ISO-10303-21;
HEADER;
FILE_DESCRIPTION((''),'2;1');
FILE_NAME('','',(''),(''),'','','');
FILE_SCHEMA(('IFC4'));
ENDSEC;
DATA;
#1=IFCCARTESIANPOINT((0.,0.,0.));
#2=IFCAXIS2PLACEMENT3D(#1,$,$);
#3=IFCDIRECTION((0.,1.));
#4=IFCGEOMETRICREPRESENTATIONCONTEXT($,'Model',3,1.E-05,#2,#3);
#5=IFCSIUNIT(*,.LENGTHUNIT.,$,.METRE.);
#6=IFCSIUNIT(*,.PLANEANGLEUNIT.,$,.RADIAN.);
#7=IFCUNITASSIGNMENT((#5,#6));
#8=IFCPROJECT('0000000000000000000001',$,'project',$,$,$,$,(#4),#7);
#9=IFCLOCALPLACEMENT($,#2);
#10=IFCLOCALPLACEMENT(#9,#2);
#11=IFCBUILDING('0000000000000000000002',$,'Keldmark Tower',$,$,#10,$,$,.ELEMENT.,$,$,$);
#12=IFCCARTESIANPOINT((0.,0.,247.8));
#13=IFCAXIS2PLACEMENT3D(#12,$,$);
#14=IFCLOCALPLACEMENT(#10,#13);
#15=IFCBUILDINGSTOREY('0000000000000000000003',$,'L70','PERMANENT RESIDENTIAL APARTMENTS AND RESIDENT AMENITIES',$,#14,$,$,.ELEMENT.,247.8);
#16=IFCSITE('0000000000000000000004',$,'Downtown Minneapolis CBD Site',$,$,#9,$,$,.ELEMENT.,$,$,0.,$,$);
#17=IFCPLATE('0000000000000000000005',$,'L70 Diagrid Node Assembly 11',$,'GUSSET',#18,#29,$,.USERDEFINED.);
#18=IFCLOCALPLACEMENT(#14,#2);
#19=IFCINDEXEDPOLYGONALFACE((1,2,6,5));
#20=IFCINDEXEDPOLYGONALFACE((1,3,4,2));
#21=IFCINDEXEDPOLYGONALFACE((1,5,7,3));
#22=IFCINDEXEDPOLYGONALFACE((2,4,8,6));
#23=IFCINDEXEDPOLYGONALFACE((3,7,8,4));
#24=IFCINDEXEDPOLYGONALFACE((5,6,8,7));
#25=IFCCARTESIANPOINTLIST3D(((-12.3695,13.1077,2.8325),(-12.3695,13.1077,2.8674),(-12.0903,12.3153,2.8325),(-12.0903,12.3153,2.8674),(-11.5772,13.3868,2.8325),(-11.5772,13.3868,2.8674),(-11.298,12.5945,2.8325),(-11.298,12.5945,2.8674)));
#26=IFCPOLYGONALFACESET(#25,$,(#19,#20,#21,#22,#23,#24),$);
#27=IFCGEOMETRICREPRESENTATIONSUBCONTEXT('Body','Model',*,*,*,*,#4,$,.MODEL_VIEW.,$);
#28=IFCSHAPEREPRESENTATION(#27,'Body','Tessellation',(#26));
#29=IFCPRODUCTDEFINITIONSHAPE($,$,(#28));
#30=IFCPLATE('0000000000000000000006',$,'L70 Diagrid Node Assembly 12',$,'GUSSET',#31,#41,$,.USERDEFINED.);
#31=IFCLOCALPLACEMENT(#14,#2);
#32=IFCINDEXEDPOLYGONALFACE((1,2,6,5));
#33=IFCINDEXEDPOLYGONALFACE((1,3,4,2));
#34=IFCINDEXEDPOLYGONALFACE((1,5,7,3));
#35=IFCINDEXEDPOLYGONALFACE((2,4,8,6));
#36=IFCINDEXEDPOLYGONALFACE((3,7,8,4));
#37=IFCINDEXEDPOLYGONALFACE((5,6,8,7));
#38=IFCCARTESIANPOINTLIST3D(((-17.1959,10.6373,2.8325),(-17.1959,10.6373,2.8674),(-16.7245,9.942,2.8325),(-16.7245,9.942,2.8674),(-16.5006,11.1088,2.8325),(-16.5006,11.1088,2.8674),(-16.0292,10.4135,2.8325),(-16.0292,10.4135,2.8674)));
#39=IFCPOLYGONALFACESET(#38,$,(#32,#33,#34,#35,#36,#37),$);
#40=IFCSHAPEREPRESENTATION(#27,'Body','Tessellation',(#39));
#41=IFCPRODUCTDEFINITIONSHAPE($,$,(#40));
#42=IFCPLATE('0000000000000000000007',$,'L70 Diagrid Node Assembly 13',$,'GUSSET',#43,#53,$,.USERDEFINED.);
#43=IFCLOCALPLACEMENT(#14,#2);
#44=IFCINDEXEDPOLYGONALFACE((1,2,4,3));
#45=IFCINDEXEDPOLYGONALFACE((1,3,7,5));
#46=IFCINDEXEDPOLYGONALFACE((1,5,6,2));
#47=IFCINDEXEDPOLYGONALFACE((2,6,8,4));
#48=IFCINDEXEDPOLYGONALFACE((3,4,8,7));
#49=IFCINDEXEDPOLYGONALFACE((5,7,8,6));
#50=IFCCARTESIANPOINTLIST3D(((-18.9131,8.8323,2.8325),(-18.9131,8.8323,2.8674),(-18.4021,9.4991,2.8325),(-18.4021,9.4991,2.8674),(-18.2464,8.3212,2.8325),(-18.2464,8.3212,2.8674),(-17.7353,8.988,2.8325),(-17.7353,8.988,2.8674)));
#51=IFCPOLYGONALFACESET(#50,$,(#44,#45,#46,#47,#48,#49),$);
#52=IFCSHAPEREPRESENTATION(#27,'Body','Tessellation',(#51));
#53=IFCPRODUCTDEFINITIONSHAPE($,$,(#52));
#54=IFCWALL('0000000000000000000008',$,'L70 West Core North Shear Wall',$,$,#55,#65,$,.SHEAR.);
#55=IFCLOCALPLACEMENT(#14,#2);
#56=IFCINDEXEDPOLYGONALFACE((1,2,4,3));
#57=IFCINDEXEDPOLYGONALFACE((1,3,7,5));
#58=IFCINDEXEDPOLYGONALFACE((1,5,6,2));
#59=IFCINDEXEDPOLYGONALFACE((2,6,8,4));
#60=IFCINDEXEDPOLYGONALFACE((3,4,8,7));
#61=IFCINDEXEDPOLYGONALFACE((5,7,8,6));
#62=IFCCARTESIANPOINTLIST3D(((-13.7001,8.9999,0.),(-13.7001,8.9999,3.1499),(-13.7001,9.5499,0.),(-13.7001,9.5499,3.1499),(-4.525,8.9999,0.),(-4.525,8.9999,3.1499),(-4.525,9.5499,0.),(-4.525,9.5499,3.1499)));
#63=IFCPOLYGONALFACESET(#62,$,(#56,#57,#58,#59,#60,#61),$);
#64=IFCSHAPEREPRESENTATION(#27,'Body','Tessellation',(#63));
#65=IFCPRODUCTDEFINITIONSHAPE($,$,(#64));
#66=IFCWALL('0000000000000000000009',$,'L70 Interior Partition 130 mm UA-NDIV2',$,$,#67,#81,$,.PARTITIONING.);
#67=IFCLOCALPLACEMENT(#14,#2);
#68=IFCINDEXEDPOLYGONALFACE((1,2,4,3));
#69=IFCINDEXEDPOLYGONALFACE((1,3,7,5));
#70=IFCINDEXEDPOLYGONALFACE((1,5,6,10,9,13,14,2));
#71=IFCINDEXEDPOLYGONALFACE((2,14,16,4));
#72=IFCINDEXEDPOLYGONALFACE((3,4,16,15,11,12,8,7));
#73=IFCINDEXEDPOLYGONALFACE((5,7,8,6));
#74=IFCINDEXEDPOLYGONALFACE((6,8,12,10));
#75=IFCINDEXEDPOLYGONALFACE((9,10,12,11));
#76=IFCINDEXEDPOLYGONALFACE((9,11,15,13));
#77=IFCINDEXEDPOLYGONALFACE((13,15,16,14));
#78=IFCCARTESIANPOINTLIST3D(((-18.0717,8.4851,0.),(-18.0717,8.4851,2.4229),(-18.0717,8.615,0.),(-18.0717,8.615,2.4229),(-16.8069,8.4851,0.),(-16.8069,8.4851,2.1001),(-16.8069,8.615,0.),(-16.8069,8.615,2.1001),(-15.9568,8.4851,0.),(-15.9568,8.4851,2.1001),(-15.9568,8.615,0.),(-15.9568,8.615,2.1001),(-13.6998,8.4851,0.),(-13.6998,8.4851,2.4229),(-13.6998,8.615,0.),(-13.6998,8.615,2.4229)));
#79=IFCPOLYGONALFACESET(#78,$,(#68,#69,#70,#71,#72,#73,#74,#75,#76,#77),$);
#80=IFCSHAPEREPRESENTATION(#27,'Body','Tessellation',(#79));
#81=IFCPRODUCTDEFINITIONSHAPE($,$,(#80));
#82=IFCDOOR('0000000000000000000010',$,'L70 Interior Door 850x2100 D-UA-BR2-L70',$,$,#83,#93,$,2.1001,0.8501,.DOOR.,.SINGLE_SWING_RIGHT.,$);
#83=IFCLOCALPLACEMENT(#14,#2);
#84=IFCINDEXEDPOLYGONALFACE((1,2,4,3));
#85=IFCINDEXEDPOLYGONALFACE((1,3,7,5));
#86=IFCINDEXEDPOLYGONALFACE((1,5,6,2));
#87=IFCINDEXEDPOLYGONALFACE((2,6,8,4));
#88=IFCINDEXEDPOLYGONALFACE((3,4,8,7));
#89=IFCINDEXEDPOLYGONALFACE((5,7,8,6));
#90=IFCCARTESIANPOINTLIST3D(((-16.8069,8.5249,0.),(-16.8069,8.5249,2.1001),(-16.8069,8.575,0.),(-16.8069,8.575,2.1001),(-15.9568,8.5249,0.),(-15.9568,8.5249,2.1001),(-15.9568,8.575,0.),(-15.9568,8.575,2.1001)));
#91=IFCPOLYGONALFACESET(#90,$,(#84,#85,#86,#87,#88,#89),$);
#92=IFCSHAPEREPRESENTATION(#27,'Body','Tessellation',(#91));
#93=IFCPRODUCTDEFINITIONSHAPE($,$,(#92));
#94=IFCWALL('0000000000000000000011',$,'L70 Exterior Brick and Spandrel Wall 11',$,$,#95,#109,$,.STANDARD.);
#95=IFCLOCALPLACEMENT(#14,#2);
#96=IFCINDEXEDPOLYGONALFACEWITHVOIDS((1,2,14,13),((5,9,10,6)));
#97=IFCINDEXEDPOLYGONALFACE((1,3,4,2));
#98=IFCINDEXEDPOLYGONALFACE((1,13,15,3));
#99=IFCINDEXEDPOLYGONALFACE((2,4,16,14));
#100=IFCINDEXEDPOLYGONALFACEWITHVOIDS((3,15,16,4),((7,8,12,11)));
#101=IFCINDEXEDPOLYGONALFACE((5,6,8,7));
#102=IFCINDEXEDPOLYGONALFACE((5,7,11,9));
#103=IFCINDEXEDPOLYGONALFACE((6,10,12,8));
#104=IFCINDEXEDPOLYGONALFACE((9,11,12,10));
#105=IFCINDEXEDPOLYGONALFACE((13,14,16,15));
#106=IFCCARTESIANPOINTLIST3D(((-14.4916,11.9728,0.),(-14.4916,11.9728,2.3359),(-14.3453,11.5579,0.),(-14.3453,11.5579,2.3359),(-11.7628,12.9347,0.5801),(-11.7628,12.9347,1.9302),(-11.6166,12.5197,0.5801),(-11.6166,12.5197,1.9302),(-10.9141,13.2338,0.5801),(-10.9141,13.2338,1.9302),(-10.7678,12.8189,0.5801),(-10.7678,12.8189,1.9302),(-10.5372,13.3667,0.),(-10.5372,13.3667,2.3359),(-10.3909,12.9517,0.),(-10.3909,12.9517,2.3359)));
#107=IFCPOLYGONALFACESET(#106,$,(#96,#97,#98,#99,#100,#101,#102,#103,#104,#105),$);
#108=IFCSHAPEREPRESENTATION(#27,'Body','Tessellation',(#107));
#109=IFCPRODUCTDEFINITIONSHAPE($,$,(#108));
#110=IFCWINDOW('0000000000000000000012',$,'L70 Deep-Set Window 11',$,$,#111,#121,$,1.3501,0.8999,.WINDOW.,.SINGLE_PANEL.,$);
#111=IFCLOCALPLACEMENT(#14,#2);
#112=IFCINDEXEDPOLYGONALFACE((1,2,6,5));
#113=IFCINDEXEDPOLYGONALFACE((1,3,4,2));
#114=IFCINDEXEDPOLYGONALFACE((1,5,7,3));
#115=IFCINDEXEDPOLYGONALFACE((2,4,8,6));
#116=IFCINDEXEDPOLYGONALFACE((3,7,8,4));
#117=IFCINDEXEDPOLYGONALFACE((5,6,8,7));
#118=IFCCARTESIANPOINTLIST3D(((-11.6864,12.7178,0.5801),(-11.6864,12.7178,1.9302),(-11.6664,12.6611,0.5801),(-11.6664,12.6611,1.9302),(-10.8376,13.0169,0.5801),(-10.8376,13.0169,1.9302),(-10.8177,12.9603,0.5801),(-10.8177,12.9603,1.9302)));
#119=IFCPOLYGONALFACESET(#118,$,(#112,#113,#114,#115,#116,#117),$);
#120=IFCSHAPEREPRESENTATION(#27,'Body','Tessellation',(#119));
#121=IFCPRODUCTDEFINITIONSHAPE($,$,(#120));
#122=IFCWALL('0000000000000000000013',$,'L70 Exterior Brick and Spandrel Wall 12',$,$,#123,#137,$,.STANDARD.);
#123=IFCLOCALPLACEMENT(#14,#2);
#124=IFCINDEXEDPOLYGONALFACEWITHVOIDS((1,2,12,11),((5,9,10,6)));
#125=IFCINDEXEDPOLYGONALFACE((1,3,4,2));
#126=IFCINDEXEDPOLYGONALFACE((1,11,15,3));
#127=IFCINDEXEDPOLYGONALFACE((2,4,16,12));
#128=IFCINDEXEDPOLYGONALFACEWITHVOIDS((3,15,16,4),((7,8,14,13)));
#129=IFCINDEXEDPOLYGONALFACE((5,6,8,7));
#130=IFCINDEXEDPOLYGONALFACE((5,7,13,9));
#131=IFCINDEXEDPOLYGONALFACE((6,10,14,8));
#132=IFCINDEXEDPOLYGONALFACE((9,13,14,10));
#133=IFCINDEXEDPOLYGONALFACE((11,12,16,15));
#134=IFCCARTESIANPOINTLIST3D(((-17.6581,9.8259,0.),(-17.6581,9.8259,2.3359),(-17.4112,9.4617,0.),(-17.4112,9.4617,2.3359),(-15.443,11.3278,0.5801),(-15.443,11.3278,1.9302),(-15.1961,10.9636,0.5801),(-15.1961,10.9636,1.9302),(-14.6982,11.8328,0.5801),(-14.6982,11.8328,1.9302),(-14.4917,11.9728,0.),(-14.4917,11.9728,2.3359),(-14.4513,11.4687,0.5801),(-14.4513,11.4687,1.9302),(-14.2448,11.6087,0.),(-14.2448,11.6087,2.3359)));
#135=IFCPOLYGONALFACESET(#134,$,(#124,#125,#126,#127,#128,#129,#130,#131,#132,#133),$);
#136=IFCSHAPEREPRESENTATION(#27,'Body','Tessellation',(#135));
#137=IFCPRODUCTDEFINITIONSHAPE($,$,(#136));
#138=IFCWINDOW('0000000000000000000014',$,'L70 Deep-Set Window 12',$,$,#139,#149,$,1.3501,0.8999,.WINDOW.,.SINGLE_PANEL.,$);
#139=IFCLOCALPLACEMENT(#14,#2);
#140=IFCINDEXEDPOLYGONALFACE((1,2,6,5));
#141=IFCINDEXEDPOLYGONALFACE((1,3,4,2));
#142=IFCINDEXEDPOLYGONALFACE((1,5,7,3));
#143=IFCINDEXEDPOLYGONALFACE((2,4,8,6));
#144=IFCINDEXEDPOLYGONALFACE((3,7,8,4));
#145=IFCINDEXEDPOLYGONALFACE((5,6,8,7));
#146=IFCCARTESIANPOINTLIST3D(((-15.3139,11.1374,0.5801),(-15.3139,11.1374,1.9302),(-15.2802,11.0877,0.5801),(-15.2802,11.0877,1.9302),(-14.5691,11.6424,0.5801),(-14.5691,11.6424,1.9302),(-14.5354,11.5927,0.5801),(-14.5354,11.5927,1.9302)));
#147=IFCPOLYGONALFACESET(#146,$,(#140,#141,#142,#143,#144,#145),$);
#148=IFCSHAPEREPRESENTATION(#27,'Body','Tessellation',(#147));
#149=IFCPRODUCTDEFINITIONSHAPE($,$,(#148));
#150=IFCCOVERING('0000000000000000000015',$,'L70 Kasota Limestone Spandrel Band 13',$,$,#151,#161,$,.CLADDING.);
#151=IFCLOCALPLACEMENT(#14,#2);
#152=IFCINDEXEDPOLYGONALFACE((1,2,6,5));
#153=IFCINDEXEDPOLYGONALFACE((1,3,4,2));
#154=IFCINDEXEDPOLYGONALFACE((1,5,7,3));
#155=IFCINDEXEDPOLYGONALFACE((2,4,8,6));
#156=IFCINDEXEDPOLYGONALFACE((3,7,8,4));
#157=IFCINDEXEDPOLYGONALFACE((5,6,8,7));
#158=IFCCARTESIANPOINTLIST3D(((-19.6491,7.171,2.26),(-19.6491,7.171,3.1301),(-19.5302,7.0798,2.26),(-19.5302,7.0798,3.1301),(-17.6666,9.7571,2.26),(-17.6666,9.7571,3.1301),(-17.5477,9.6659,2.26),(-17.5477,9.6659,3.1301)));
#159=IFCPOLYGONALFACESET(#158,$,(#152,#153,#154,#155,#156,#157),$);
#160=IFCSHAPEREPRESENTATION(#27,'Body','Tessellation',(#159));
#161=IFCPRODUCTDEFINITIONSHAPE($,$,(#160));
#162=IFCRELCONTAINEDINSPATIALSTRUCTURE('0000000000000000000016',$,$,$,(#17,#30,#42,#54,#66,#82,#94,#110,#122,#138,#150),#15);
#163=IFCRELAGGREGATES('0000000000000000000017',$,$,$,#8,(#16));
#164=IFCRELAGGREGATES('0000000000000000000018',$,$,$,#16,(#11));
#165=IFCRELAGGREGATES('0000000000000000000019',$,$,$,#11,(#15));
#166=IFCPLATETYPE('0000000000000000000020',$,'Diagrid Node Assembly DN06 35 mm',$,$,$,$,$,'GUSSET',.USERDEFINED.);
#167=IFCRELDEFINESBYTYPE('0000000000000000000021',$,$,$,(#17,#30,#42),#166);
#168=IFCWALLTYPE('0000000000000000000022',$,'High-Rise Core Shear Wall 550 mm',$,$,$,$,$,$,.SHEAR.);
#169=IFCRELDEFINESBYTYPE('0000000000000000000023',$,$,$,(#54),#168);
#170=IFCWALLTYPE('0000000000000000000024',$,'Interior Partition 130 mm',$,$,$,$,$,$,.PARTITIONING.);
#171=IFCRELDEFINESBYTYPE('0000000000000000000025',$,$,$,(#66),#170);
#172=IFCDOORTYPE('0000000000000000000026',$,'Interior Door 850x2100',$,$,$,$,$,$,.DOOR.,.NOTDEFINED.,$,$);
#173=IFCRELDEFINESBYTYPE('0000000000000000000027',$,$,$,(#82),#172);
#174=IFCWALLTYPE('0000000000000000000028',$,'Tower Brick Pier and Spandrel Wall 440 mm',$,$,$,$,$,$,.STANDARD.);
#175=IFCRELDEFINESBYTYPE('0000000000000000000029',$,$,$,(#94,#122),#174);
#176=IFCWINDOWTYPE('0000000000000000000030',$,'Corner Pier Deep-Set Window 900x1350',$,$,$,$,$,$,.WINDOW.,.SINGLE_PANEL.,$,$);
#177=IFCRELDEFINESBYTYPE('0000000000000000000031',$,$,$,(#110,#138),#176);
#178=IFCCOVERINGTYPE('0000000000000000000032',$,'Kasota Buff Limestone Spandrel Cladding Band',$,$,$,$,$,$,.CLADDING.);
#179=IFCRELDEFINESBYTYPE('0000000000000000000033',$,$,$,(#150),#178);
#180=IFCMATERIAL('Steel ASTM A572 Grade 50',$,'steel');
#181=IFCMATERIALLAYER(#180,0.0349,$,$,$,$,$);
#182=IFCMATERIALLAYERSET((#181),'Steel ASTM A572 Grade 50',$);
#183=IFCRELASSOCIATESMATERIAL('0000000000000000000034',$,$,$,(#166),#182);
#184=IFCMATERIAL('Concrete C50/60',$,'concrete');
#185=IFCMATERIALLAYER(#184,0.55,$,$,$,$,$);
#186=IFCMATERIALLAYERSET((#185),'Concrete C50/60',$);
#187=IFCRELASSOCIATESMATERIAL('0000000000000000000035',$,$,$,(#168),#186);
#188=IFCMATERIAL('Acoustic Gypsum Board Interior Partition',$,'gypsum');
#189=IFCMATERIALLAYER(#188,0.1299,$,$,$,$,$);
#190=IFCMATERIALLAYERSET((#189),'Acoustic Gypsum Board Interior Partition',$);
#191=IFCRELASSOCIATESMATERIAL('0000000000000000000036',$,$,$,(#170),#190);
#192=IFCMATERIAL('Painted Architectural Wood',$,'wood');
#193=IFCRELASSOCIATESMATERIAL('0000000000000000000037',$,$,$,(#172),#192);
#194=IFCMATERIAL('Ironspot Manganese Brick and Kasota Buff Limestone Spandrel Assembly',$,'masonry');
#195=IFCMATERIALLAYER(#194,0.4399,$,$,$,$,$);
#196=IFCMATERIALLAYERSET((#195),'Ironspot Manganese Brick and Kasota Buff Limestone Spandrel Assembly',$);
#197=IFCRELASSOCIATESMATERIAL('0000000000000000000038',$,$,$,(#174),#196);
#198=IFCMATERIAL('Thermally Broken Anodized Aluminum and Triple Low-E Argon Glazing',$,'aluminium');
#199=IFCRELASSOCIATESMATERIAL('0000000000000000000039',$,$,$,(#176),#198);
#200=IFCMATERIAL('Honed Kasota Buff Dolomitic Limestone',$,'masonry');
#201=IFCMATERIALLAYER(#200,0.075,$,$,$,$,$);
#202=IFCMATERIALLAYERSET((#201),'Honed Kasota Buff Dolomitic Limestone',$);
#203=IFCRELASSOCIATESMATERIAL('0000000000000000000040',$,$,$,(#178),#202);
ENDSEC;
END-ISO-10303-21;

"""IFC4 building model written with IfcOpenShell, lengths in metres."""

from ifc_helpers import new_model, si_unit, direction, frame, frame_2d, origin, origin_2d, place, context, subcontext, project, spatial, rectangle, extrude, material, layer, layer_set, type_object, element, fill, save


model = new_model("IFC4")

# Units and contexts
model_context = context("Model", 3, precision=1e-05, world=origin(), true_north=direction((0.0, 1.0)))
body_context = subcontext(model_context, "Body", "Model", "MODEL_VIEW")
ifc_project = project(units=[si_unit("LENGTHUNIT", "METRE"), si_unit("PLANEANGLEUNIT", "RADIAN")], contexts=[model_context])

# Site, building, storey
site_placement = place(None, origin())
site = spatial("IfcSite", under=ifc_project, at=site_placement, Name="Downtown Minneapolis CBD Site", CompositionType="ELEMENT", RefElevation=0.0)
building_placement = place(site_placement, origin())
building = spatial("IfcBuilding", under=site, at=building_placement, Name="Keldmark Tower", CompositionType="ELEMENT")
storey_placement = place(building_placement, frame((0.0, 0.0, 247.8)))
storey = spatial("IfcBuildingStorey", under=building, at=storey_placement, Name="L70", Description="PERMANENT RESIDENTIAL APARTMENTS AND RESIDENT AMENITIES", CompositionType="ELEMENT", Elevation=247.8)

# Plates
ifc_material_1 = material(Name="Steel ASTM A572 Grade 50", Category="steel")
ifc_layer_1 = layer(ifc_material_1, 0.0349)
ifc_layer_set_1 = layer_set([ifc_layer_1], Name="Steel ASTM A572 Grade 50")
plate_type_1 = type_object("IfcPlateType", Name="Diagrid Node Assembly DN06 35 mm", ElementType="GUSSET", PredefinedType="USERDEFINED", material=ifc_layer_set_1)
for number, where, z_axis, x_axis, name in (
    (1, (-11.8337, 12.8511, 2.8325), (0.0, 0.0, 1.0), (-0.943165, -0.332326, 0.0), "L70 Diagrid Node Assembly 11"),
    (2, (-16.6125, 10.5254, 2.8325), (0.0, 0.0, 1.0), (-0.827669, -0.561217, 0.0), "L70 Diagrid Node Assembly 12"),
    (3, (-18.3242, 8.9102, 2.8325), (0.0, 0.0, 1.0), (-0.608346, -0.793672, 0.0), "L70 Diagrid Node Assembly 13"),
):
    element("IfcPlate", number, at=place(storey_placement, frame(where, z_axis=z_axis, x_axis=x_axis)), inside=storey, type_object=plate_type_1, Name=name, ObjectType="GUSSET", PredefinedType="USERDEFINED", context=body_context, shape_type="SweptSolid", body=[
        extrude(rectangle(XDim=0.8401, YDim=0.8401, at=origin_2d()), origin(), (0.0, 0.0, 1.0), 0.0349),
    ])

# Wall
ifc_material_2 = material(Name="Concrete C50/60", Category="concrete")
ifc_layer_2 = layer(ifc_material_2, 0.55)
ifc_layer_set_2 = layer_set([ifc_layer_2], Name="Concrete C50/60")
wall_type_1 = type_object("IfcWallType", Name="High-Rise Core Shear Wall 550 mm", PredefinedType="SHEAR", material=ifc_layer_set_2)
wall_1_placement = place(storey_placement, frame((-13.7, 9.2749, 0.0), z_axis=(0.0, 0.0, 1.0), x_axis=(1.0, 0.0, 0.0)))
element("IfcWall", 4, at=wall_1_placement, inside=storey, type_object=wall_type_1, Name="L70 West Core North Shear Wall", PredefinedType="SHEAR", context=body_context, shape_type="SweptSolid", body=[
    extrude(rectangle(XDim=9.175, YDim=0.55, at=frame_2d((4.5874, 0.0))), origin(), (0.0, 0.0, 1.0), 3.1499),
])

# Wall, opening, door
ifc_material_3 = material(Name="Acoustic Gypsum Board Interior Partition", Category="gypsum")
ifc_layer_3 = layer(ifc_material_3, 0.1299)
ifc_layer_set_3 = layer_set([ifc_layer_3], Name="Acoustic Gypsum Board Interior Partition")
wall_type_2 = type_object("IfcWallType", Name="Interior Partition 130 mm", PredefinedType="PARTITIONING", material=ifc_layer_set_3)
wall_2_placement = place(storey_placement, frame((-18.0718, 8.55, 0.0), z_axis=(0.0, 0.0, 1.0), x_axis=(1.0, 0.0, 0.0)))
wall_2 = element("IfcWall", 5, at=wall_2_placement, inside=storey, type_object=wall_type_2, Name="L70 Interior Partition 130 mm UA-NDIV2", PredefinedType="PARTITIONING", context=body_context, shape_type="SweptSolid", body=[
    extrude(rectangle(XDim=4.3718, YDim=0.1299, at=frame_2d((2.186, 0.0))), origin(), (0.0, 0.0, 1.0), 2.4229),
])
opening_1_placement = place(wall_2_placement, frame((1.2649, 0.0, 0.0)))
opening_1 = element("IfcOpeningElement", 6, at=opening_1_placement, cuts=wall_2, PredefinedType="OPENING", context=body_context, shape_type="SweptSolid", body=[
    extrude(rectangle(XDim=0.8501, YDim=2.1001, at=frame_2d((0.425, 1.05))), frame((0.0, 0.075, 0.0), z_axis=(0.0, -1.0, 0.0), x_axis=(1.0, 0.0, 0.0)), (0.0, 0.0, 1.0), 0.1499),
])
ifc_material_4 = material(Name="Painted Architectural Wood", Category="wood")
door_type = type_object("IfcDoorType", Name="Interior Door 850x2100", OperationType="NOTDEFINED", PredefinedType="DOOR", material=ifc_material_4)
door_placement = place(opening_1_placement, origin())
door = element("IfcDoor", 7, at=door_placement, inside=storey, type_object=door_type, Name="L70 Interior Door 850x2100 D-UA-BR2-L70", OperationType="SINGLE_SWING_RIGHT", OverallHeight=2.1001, OverallWidth=0.8501, PredefinedType="DOOR", context=body_context, shape_type="SweptSolid", body=[
    extrude(rectangle(XDim=0.8501, YDim=2.1001, at=frame_2d((0.425, 1.05))), frame((0.0, 0.0249, 0.0), z_axis=(0.0, -1.0, 0.0), x_axis=(1.0, 0.0, 0.0)), (0.0, 0.0, 1.0), 0.05),
])
fill(opening_1, door)

# Walls, openings, windows
ifc_material_5 = material(Name="Ironspot Manganese Brick and Kasota Buff Limestone Spandrel Assembly", Category="masonry")
ifc_layer_4 = layer(ifc_material_5, 0.4399)
ifc_layer_set_4 = layer_set([ifc_layer_4], Name="Ironspot Manganese Brick and Kasota Buff Limestone Spandrel Assembly")
wall_type_3 = type_object("IfcWallType", Name="Tower Brick Pier and Spandrel Wall 440 mm", PredefinedType="STANDARD", material=ifc_layer_set_4)
wall_3_placement = place(storey_placement, frame((-14.4185, 11.7654, 0.0), z_axis=(0.0, 0.0, 1.0), x_axis=(0.943129, 0.332427, 0.0)))
wall_3 = element("IfcWall", 8, at=wall_3_placement, inside=storey, type_object=wall_type_3, Name="L70 Exterior Brick and Spandrel Wall 11", PredefinedType="STANDARD", context=body_context, shape_type="SweptSolid", body=[
    extrude(rectangle(XDim=4.1929, YDim=0.4399, at=frame_2d((2.0964, 0.0))), origin(), (0.0, 0.0, 1.0), 2.3359),
])
opening_2_placement = place(wall_3_placement, frame((2.8933, 0.0, 0.5801)))
opening_2 = element("IfcOpeningElement", 9, at=opening_2_placement, cuts=wall_3, PredefinedType="OPENING", context=body_context, shape_type="SweptSolid", body=[
    extrude(rectangle(XDim=0.8999, YDim=1.3501, at=frame_2d((0.45, 0.675))), frame((0.0, 0.23, 0.0), z_axis=(0.0, -1.0, 0.0), x_axis=(1.0, 0.0, 0.0)), (0.0, 0.0, 1.0), 0.46),
])
ifc_material_6 = material(Name="Thermally Broken Anodized Aluminum and Triple Low-E Argon Glazing", Category="aluminium")
window_type = type_object("IfcWindowType", Name="Corner Pier Deep-Set Window 900x1350", PartitioningType="SINGLE_PANEL", PredefinedType="WINDOW", material=ifc_material_6)
window_1_placement = place(opening_2_placement, origin())
window_1 = element("IfcWindow", 10, at=window_1_placement, inside=storey, type_object=window_type, Name="L70 Deep-Set Window 11", OverallHeight=1.3501, OverallWidth=0.8999, PartitioningType="SINGLE_PANEL", PredefinedType="WINDOW", context=body_context, shape_type="SweptSolid", body=[
    extrude(rectangle(XDim=0.8999, YDim=1.3501, at=frame_2d((0.45, 0.675))), frame((0.0, -0.01, 0.0), z_axis=(0.0, -1.0, 0.0), x_axis=(1.0, 0.0, 0.0)), (0.0, 0.0, 1.0), 0.0601),
])
fill(opening_2, window_1)
wall_4_placement = place(storey_placement, frame((-17.5347, 9.6438, 0.0), z_axis=(0.0, 0.0, 1.0), x_axis=(0.827685, 0.561192, 0.0)))
wall_4 = element("IfcWall", 11, at=wall_4_placement, inside=storey, type_object=wall_type_3, Name="L70 Exterior Brick and Spandrel Wall 12", PredefinedType="STANDARD", context=body_context, shape_type="SweptSolid", body=[
    extrude(rectangle(XDim=3.8257, YDim=0.4399, at=frame_2d((1.9128, 0.0))), origin(), (0.0, 0.0, 1.0), 2.3359),
])
opening_3_placement = place(wall_4_placement, frame((2.6763, 0.0, 0.5801)))
opening_3 = element("IfcOpeningElement", 12, at=opening_3_placement, cuts=wall_4, PredefinedType="OPENING", context=body_context, shape_type="SweptSolid", body=[
    extrude(rectangle(XDim=0.8999, YDim=1.3501, at=frame_2d((0.45, 0.675))), frame((0.0, 0.23, 0.0), z_axis=(0.0, -1.0, 0.0), x_axis=(1.0, 0.0, 0.0)), (0.0, 0.0, 1.0), 0.46),
])
window_2_placement = place(opening_3_placement, origin())
window_2 = element("IfcWindow", 13, at=window_2_placement, inside=storey, type_object=window_type, Name="L70 Deep-Set Window 12", OverallHeight=1.3501, OverallWidth=0.8999, PartitioningType="SINGLE_PANEL", PredefinedType="WINDOW", context=body_context, shape_type="SweptSolid", body=[
    extrude(rectangle(XDim=0.8999, YDim=1.3501, at=frame_2d((0.45, 0.675))), frame((0.0, -0.01, 0.0), z_axis=(0.0, -1.0, 0.0), x_axis=(1.0, 0.0, 0.0)), (0.0, 0.0, 1.0), 0.0601),
])
fill(opening_3, window_2)

# Covering
ifc_material_7 = material(Name="Honed Kasota Buff Dolomitic Limestone", Category="masonry")
ifc_layer_5 = layer(ifc_material_7, 0.075)
ifc_layer_set_5 = layer_set([ifc_layer_5], Name="Honed Kasota Buff Dolomitic Limestone")
covering_type = type_object("IfcCoveringType", Name="Kasota Buff Limestone Spandrel Cladding Band", PredefinedType="CLADDING", material=ifc_layer_set_5)
covering_placement = place(storey_placement, frame((-18.5984, 8.4185, 2.26), z_axis=(0.0, 0.0, 1.0), x_axis=(-0.608401, -0.79363, 0.0)))
element("IfcCovering", 14, at=covering_placement, inside=storey, type_object=covering_type, Name="L70 Kasota Limestone Spandrel Band 13", PredefinedType="CLADDING", context=body_context, shape_type="SweptSolid", body=[
    extrude(rectangle(XDim=3.2585, YDim=0.1499, at=origin_2d()), origin(), (0.0, 0.0, 1.0), 0.8701),
])

save(model, "model.ifc")
